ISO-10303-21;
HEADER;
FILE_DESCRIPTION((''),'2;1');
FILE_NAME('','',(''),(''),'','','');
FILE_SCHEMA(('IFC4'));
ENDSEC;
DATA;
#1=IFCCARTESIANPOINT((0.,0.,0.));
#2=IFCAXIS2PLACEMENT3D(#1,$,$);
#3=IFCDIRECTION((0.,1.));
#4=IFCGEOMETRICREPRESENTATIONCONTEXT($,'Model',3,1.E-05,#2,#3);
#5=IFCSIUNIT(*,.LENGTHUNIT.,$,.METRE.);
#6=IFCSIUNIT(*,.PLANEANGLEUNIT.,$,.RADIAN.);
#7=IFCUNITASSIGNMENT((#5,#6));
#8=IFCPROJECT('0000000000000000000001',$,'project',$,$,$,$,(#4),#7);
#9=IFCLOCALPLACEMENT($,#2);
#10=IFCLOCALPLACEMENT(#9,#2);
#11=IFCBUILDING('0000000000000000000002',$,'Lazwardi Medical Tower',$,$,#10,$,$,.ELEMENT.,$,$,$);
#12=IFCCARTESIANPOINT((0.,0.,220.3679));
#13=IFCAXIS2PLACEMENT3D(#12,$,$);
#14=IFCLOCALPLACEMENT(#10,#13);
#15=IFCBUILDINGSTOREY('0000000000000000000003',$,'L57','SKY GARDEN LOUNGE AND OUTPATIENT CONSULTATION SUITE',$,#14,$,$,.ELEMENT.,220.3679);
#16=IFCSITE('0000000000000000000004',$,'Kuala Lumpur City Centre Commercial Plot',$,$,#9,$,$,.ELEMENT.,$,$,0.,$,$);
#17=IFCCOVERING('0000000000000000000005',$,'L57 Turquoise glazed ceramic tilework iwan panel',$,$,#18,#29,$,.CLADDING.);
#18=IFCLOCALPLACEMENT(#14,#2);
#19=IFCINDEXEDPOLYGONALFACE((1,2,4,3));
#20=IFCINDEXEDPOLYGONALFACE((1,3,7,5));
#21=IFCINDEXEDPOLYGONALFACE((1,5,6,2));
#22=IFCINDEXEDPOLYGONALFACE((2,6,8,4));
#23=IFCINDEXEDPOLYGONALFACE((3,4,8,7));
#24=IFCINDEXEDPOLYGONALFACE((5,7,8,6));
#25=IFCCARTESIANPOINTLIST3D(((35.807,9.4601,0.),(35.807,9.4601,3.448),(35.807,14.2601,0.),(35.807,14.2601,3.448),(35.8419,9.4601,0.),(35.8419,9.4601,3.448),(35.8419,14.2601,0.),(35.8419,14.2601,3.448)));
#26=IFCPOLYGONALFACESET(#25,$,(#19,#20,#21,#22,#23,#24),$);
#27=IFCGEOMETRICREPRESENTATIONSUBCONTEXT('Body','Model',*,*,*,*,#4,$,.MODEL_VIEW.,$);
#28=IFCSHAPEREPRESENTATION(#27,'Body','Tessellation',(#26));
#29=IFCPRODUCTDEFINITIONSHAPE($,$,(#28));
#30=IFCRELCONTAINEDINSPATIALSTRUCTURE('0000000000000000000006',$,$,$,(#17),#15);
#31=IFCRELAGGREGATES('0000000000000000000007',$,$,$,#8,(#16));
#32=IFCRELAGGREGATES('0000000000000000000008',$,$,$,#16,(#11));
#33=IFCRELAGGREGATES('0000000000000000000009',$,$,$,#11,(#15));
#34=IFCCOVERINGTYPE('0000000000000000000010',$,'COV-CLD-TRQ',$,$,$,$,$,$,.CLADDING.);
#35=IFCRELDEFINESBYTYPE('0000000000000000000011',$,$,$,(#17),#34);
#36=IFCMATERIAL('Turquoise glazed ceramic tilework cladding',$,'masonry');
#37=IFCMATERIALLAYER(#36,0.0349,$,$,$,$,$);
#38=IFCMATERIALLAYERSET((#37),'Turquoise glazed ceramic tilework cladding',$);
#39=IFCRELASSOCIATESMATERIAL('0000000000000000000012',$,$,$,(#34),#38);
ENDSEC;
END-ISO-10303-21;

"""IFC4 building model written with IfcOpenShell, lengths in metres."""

from ifc_helpers import new_model, si_unit, direction, frame, origin, origin_2d, place, context, subcontext, project, spatial, rectangle, extrude, material, layer, layer_set, type_object, element, save


model = new_model("IFC4")

# Units and contexts
model_context = context("Model", 3, precision=1e-05, world=origin(), true_north=direction((0.0, 1.0)))
body_context = subcontext(model_context, "Body", "Model", "MODEL_VIEW")
ifc_project = project(units=[si_unit("LENGTHUNIT", "METRE"), si_unit("PLANEANGLEUNIT", "RADIAN")], contexts=[model_context])

# Site, building, storey
site_placement = place(None, origin())
site = spatial("IfcSite", under=ifc_project, at=site_placement, Name="Kuala Lumpur City Centre Commercial Plot", CompositionType="ELEMENT", RefElevation=0.0)
building_placement = place(site_placement, origin())
building = spatial("IfcBuilding", under=site, at=building_placement, Name="Lazwardi Medical Tower", CompositionType="ELEMENT")
storey_placement = place(building_placement, frame((0.0, 0.0, 220.3679)))
storey = spatial("IfcBuildingStorey", under=building, at=storey_placement, Name="L57", Description="SKY GARDEN LOUNGE AND OUTPATIENT CONSULTATION SUITE", CompositionType="ELEMENT", Elevation=220.3679)

# Covering
ifc_material_1 = material(Name="Turquoise glazed ceramic tilework cladding", Category="masonry")
ifc_layer_1 = layer(ifc_material_1, 0.0349)
ifc_layer_set_1 = layer_set([ifc_layer_1], Name="Turquoise glazed ceramic tilework cladding")
covering_type_1 = type_object("IfcCoveringType", Name="COV-CLD-TRQ", PredefinedType="CLADDING", material=ifc_layer_set_1)
covering_1_placement = place(storey_placement, frame((35.8245, 11.8601, 0.0), z_axis=(0.0, 0.0, 1.0), x_axis=(0.0, 1.0, 0.0)))
element("IfcCovering", 1, at=covering_1_placement, inside=storey, type_object=covering_type_1, Name="L57 Turquoise glazed ceramic tilework iwan panel", PredefinedType="CLADDING", context=body_context, shape_type="SweptSolid", body=[
    extrude(rectangle(XDim=4.8, YDim=0.0349, at=origin_2d()), origin(), (0.0, 0.0, 1.0), 3.448),
])

save(model, "model.ifc")
